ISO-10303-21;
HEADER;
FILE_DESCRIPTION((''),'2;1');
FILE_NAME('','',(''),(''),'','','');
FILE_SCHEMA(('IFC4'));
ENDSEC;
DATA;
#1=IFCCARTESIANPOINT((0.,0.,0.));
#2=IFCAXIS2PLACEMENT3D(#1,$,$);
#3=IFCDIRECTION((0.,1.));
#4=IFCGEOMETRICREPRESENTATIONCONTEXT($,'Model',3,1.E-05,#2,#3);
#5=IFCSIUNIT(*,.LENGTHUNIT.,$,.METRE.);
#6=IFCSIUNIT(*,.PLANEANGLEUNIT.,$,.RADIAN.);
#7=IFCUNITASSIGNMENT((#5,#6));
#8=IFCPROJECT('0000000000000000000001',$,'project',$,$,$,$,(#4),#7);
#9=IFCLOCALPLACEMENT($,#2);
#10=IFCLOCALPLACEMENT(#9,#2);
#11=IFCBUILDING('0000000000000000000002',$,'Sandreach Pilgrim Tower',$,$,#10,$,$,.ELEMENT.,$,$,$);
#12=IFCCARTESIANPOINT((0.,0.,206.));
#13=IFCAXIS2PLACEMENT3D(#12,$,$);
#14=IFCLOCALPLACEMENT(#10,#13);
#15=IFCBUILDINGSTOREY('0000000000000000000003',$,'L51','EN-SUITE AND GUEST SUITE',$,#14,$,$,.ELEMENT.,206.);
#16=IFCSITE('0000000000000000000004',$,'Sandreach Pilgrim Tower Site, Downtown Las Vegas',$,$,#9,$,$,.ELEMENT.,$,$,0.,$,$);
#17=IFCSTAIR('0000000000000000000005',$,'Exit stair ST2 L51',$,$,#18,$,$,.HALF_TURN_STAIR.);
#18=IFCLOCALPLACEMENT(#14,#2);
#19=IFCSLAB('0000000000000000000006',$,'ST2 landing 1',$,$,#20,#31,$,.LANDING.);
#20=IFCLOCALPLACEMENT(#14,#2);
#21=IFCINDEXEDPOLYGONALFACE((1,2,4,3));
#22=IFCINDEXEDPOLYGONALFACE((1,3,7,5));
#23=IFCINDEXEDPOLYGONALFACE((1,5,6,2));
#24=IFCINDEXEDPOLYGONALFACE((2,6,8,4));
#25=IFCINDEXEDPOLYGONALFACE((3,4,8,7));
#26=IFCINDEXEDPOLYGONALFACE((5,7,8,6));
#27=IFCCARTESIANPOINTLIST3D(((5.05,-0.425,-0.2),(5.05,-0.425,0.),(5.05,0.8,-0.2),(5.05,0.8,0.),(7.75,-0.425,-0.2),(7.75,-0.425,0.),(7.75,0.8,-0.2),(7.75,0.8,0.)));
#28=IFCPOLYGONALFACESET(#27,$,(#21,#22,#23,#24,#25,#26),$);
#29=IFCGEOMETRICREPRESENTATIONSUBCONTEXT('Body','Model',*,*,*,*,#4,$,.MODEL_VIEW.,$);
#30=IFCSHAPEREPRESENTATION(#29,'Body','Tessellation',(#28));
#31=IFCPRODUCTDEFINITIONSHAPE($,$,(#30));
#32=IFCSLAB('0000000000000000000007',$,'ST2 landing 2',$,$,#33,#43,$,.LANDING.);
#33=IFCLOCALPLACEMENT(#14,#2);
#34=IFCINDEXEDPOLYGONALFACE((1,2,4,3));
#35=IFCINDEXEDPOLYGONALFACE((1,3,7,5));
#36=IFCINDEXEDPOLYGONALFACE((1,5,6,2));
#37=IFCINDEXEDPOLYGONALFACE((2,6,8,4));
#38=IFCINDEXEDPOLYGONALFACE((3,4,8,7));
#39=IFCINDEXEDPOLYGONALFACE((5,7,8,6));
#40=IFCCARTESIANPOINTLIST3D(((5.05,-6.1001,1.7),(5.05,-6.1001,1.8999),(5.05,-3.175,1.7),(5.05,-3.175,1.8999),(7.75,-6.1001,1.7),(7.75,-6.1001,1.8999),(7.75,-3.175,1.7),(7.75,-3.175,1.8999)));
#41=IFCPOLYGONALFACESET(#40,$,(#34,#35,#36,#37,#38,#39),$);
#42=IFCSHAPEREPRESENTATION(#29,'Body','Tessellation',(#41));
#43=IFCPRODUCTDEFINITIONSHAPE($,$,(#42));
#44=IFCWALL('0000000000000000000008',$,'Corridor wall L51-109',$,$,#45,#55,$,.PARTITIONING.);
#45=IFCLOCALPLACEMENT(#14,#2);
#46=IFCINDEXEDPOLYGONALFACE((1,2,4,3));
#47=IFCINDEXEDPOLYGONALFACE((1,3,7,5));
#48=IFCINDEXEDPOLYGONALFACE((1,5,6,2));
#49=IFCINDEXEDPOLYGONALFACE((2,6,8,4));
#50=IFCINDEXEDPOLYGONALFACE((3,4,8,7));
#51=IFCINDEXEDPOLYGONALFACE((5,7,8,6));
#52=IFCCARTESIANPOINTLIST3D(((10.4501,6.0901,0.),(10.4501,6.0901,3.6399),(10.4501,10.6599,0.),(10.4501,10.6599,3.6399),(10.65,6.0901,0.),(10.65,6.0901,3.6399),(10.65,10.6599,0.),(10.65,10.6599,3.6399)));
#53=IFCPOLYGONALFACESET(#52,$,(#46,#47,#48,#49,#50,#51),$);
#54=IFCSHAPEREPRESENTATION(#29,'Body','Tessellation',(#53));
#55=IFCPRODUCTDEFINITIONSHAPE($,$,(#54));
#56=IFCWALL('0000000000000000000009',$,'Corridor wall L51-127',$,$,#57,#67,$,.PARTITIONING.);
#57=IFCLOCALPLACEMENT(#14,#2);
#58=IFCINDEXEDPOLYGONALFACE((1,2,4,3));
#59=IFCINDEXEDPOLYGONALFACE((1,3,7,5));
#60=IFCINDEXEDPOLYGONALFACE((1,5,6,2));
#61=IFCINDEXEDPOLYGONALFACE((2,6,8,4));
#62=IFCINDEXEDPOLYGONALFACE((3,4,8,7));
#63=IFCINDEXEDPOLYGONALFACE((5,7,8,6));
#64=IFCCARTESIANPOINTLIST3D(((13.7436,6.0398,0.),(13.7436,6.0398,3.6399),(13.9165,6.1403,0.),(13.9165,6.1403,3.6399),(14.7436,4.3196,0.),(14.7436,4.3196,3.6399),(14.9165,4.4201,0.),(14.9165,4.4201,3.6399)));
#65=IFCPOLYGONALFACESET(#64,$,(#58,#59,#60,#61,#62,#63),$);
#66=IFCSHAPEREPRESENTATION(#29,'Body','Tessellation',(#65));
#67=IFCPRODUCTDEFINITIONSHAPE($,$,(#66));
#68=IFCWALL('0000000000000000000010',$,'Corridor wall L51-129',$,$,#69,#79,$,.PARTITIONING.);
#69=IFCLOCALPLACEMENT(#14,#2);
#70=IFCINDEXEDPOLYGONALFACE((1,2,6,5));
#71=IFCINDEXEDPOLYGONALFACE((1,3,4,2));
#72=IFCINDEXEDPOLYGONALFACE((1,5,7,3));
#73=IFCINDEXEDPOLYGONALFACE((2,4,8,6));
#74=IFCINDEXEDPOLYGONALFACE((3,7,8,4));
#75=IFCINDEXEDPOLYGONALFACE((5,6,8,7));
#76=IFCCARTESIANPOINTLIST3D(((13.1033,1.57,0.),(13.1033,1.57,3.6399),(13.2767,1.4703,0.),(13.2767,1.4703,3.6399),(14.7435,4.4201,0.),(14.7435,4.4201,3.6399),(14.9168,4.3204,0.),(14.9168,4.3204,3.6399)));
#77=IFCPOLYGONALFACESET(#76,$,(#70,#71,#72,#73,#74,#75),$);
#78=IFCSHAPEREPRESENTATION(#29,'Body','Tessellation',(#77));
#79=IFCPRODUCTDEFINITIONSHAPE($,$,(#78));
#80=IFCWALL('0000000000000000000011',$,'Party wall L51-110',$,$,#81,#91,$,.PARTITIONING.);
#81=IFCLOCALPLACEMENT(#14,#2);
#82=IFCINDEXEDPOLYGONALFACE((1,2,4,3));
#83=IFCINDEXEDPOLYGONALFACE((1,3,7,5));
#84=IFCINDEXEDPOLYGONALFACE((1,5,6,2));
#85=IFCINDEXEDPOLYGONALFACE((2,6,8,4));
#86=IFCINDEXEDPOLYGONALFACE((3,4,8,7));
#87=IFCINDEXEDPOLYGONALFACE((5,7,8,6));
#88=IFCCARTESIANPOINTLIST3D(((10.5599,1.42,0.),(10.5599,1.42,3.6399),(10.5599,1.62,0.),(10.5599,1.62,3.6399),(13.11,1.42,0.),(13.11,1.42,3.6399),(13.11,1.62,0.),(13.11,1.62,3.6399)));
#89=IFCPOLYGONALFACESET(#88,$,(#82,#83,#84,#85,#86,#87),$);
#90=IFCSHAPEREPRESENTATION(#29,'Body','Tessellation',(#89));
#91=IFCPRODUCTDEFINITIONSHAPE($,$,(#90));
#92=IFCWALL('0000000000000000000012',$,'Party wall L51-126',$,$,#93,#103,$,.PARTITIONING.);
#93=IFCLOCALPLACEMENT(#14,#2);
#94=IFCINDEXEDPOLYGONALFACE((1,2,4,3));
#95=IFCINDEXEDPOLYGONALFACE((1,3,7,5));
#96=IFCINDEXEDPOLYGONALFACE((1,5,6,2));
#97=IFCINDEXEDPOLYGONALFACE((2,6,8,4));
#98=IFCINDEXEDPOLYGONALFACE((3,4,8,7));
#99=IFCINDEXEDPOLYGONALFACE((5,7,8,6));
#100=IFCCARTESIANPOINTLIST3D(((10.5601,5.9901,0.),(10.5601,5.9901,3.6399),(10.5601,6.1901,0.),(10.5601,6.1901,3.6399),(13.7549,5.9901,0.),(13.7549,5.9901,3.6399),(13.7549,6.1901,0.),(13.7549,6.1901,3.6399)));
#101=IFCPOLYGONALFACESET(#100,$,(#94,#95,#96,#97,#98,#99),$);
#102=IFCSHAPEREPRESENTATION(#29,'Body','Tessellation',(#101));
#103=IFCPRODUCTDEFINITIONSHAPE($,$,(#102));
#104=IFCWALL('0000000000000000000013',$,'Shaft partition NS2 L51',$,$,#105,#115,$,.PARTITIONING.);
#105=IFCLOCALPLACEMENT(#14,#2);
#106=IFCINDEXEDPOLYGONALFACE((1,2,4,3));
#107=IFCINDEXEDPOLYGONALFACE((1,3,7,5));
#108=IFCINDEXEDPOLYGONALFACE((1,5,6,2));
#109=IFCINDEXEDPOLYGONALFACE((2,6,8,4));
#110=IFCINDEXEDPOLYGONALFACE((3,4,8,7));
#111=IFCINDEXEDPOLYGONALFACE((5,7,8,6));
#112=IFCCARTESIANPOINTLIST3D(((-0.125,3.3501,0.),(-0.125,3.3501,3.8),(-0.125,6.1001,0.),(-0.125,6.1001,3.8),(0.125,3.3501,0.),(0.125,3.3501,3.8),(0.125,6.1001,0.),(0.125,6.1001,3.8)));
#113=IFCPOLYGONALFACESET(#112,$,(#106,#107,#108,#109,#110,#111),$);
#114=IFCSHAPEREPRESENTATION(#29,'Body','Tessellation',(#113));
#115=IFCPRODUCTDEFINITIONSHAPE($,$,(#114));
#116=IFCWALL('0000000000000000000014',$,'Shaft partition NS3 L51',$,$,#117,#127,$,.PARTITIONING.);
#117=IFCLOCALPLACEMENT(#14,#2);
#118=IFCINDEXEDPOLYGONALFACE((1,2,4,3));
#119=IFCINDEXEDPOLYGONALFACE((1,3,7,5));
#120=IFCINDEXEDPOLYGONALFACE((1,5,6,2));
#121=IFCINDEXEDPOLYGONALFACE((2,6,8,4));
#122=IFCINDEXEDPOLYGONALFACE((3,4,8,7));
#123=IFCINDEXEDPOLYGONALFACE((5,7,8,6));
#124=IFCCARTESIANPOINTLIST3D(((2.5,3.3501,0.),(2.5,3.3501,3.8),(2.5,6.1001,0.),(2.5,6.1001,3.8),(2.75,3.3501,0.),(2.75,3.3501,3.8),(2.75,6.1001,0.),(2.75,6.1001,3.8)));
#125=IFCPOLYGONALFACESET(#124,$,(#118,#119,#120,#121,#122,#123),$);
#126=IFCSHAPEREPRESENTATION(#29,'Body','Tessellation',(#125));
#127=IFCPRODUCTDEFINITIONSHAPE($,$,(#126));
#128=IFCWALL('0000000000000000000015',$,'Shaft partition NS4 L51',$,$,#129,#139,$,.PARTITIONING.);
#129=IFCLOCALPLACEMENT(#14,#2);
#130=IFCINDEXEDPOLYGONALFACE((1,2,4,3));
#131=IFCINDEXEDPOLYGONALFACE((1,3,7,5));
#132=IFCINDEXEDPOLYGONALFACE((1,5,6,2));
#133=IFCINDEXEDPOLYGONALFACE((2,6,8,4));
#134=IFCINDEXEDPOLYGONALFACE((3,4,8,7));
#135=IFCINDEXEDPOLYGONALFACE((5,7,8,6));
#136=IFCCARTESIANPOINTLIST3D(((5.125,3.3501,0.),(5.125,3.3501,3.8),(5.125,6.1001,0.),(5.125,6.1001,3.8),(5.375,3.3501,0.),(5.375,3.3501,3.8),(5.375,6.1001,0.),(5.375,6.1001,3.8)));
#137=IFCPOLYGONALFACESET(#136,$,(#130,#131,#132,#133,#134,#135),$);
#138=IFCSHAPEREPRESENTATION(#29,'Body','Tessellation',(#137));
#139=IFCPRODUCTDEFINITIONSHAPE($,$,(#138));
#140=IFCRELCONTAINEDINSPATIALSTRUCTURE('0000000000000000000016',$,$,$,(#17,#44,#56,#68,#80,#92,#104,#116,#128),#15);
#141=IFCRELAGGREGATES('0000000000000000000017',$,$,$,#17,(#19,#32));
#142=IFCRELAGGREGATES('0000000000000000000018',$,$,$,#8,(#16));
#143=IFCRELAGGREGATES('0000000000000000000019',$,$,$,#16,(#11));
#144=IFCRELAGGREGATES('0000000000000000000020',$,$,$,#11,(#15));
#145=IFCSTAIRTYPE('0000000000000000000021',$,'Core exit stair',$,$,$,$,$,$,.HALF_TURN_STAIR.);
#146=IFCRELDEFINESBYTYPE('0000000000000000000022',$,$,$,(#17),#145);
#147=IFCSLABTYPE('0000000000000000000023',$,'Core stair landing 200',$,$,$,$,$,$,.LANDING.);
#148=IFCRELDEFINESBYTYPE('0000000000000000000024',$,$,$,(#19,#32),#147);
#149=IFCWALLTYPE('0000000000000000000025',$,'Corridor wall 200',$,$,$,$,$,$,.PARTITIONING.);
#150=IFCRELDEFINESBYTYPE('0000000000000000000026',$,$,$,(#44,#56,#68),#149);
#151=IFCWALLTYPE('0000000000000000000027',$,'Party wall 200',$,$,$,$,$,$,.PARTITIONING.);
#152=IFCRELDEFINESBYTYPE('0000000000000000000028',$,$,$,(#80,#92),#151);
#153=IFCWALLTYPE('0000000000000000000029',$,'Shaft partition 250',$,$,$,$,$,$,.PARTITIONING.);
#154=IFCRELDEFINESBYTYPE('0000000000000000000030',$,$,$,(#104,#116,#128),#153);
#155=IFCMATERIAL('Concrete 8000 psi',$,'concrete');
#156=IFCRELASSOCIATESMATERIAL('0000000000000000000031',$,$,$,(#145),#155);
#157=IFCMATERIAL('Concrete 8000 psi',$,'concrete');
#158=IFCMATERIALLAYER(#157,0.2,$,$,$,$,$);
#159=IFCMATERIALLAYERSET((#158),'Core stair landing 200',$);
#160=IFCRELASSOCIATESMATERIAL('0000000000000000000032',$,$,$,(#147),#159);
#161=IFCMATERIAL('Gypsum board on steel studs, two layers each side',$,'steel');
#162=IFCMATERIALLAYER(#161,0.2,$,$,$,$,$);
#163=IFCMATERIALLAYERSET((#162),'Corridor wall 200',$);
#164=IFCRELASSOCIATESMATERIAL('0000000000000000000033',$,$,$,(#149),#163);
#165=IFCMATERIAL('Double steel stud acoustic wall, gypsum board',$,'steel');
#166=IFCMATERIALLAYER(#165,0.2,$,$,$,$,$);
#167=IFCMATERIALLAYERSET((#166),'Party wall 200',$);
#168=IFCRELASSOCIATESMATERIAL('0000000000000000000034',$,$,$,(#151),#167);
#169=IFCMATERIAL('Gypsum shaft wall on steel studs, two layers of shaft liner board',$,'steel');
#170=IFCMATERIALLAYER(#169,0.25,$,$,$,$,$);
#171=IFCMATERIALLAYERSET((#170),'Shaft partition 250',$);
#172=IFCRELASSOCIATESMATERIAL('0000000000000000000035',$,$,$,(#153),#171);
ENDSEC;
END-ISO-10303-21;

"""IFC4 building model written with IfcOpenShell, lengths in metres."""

from ifc_helpers import new_model, si_unit, direction, frame, frame_2d, origin, place, context, subcontext, project, spatial, polyline, rectangle, outline, extrude, material, layer, layer_set, type_object, element, aggregate, save


model = new_model("IFC4")

# Units and contexts
model_context = context("Model", 3, precision=1e-05, world=origin(), true_north=direction((0.0, 1.0)))
body_context = subcontext(model_context, "Body", "Model", "MODEL_VIEW")
ifc_project = project(units=[si_unit("LENGTHUNIT", "METRE"), si_unit("PLANEANGLEUNIT", "RADIAN")], contexts=[model_context])

# Site, building, storey
site_placement = place(None, origin())
site = spatial("IfcSite", under=ifc_project, at=site_placement, Name="Sandreach Pilgrim Tower Site, Downtown Las Vegas", CompositionType="ELEMENT", RefElevation=0.0)
building_placement = place(site_placement, origin())
building = spatial("IfcBuilding", under=site, at=building_placement, Name="Sandreach Pilgrim Tower", CompositionType="ELEMENT")
storey_placement = place(building_placement, frame((0.0, 0.0, 206.0)))
storey = spatial("IfcBuildingStorey", under=building, at=storey_placement, Name="L51", Description="EN-SUITE AND GUEST SUITE", CompositionType="ELEMENT", Elevation=206.0)

# Stair, slabs
ifc_material_1 = material(Name="Concrete 8000 psi", Category="concrete")
stair_type = type_object("IfcStairType", Name="Core exit stair", PredefinedType="HALF_TURN_STAIR", material=ifc_material_1)
stair_placement = place(storey_placement, origin())
stair = element("IfcStair", 1, at=stair_placement, inside=storey, type_object=stair_type, Name="Exit stair ST2 L51", PredefinedType="HALF_TURN_STAIR")
ifc_material_2 = material(Name="Concrete 8000 psi", Category="concrete")
ifc_layer_1 = layer(ifc_material_2, 0.2)
ifc_layer_set_1 = layer_set([ifc_layer_1], Name="Core stair landing 200")
slab_type = type_object("IfcSlabType", Name="Core stair landing 200", PredefinedType="LANDING", material=ifc_layer_set_1)
slab_1_placement = place(storey_placement, frame((0.0, 0.0, -0.2)))
slab_1 = element("IfcSlab", 2, at=slab_1_placement, type_object=slab_type, Name="ST2 landing 1", PredefinedType="LANDING", context=body_context, shape_type="SweptSolid", body=[
    extrude(outline(polyline([(5.05, -0.425), (7.75, -0.425), (7.75, 0.8), (5.05, 0.8), (5.05, -0.425)])), origin(), (0.0, 0.0, 1.0), 0.2),
])
slab_2_placement = place(storey_placement, frame((0.0, 0.0, 1.7)))
slab_2 = element("IfcSlab", 3, at=slab_2_placement, type_object=slab_type, Name="ST2 landing 2", PredefinedType="LANDING", context=body_context, shape_type="SweptSolid", body=[
    extrude(outline(polyline([(5.05, -6.1001), (7.75, -6.1001), (7.75, -3.175), (5.05, -3.175), (5.05, -6.1001)])), origin(), (0.0, 0.0, 1.0), 0.2),
])
aggregate(stair, [slab_1, slab_2])

# Shared definitions
ifc_material_3 = material(Name="Gypsum board on steel studs, two layers each side", Category="steel")
ifc_layer_2 = layer(ifc_material_3, 0.2)
ifc_layer_set_2 = layer_set([ifc_layer_2], Name="Corridor wall 200")
wall_type_1 = type_object("IfcWallType", Name="Corridor wall 200", PredefinedType="PARTITIONING", material=ifc_layer_set_2)

# Wall
wall_1_placement = place(storey_placement, frame((10.55, 6.0901, 0.0), z_axis=(0.0, 0.0, 1.0), x_axis=(0.0, 1.0, 0.0)))
element("IfcWall", 4, at=wall_1_placement, inside=storey, type_object=wall_type_1, Name="Corridor wall L51-109", PredefinedType="PARTITIONING", context=body_context, shape_type="SweptSolid", body=[
    extrude(rectangle(XDim=4.5698, YDim=0.2, at=frame_2d((2.2849, 0.0))), origin(), (0.0, 0.0, 1.0), 3.6399),
])

# Walls
wall_2_placement = place(storey_placement, frame((13.8301, 6.0901, 0.0), z_axis=(0.0, 0.0, 1.0), x_axis=(0.502574, -0.864534, 0.0)))
element("IfcWall", 5, at=wall_2_placement, inside=storey, type_object=wall_type_1, Name="Corridor wall L51-127", PredefinedType="PARTITIONING", context=body_context, shape_type="SweptSolid", body=[
    extrude(rectangle(XDim=1.9897, YDim=0.2, at=frame_2d((0.9949, 0.0))), origin(), (0.0, 0.0, 1.0), 3.6399),
])
wall_3_placement = place(storey_placement, frame((14.8301, 4.3701, 0.0), z_axis=(0.0, 0.0, 1.0), x_axis=(-0.498775, -0.866731, 0.0)))
element("IfcWall", 6, at=wall_3_placement, inside=storey, type_object=wall_type_1, Name="Corridor wall L51-129", PredefinedType="PARTITIONING", context=body_context, shape_type="SweptSolid", body=[
    extrude(rectangle(XDim=3.2883, YDim=0.2, at=frame_2d((1.644, 0.0))), origin(), (0.0, 0.0, 1.0), 3.6399),
])
ifc_material_4 = material(Name="Double steel stud acoustic wall, gypsum board", Category="steel")
ifc_layer_3 = layer(ifc_material_4, 0.2)
ifc_layer_set_3 = layer_set([ifc_layer_3], Name="Party wall 200")
wall_type_2 = type_object("IfcWallType", Name="Party wall 200", PredefinedType="PARTITIONING", material=ifc_layer_set_3)
wall_4_placement = place(storey_placement, frame((10.5601, 1.52, 0.0), z_axis=(0.0, 0.0, 1.0), x_axis=(1.0, 0.0, 0.0)))
element("IfcWall", 7, at=wall_4_placement, inside=storey, type_object=wall_type_2, Name="Party wall L51-110", PredefinedType="PARTITIONING", context=body_context, shape_type="SweptSolid", body=[
    extrude(rectangle(XDim=2.55, YDim=0.2, at=frame_2d((1.2749, 0.0))), origin(), (0.0, 0.0, 1.0), 3.6399),
])
wall_5_placement = place(storey_placement, frame((13.7549, 6.0901, 0.0), z_axis=(0.0, 0.0, 1.0), x_axis=(-1.0, 0.0, 0.0)))
element("IfcWall", 8, at=wall_5_placement, inside=storey, type_object=wall_type_2, Name="Party wall L51-126", PredefinedType="PARTITIONING", context=body_context, shape_type="SweptSolid", body=[
    extrude(rectangle(XDim=3.1948, YDim=0.2, at=frame_2d((1.5974, 0.0))), origin(), (0.0, 0.0, 1.0), 3.6399),
])
ifc_material_5 = material(Name="Gypsum shaft wall on steel studs, two layers of shaft liner board", Category="steel")
ifc_layer_4 = layer(ifc_material_5, 0.25)
ifc_layer_set_4 = layer_set([ifc_layer_4], Name="Shaft partition 250")
wall_type_3 = type_object("IfcWallType", Name="Shaft partition 250", PredefinedType="PARTITIONING", material=ifc_layer_set_4)
for number, where, z_axis, x_axis, name in (
    (9, (0.0, 3.3501, 0.0), (0.0, 0.0, 1.0), (0.0, 1.0, 0.0), "Shaft partition NS2 L51"),
    (10, (2.625, 3.3501, 0.0), (0.0, 0.0, 1.0), (0.0, 1.0, 0.0), "Shaft partition NS3 L51"),
    (11, (5.25, 3.3501, 0.0), (0.0, 0.0, 1.0), (0.0, 1.0, 0.0), "Shaft partition NS4 L51"),
):
    element("IfcWall", number, at=place(storey_placement, frame(where, z_axis=z_axis, x_axis=x_axis)), inside=storey, type_object=wall_type_3, Name=name, PredefinedType="PARTITIONING", context=body_context, shape_type="SweptSolid", body=[
        extrude(rectangle(XDim=2.75, YDim=0.25, at=frame_2d((1.375, 0.0))), origin(), (0.0, 0.0, 1.0), 3.8),
    ])

save(model, "model.ifc")
